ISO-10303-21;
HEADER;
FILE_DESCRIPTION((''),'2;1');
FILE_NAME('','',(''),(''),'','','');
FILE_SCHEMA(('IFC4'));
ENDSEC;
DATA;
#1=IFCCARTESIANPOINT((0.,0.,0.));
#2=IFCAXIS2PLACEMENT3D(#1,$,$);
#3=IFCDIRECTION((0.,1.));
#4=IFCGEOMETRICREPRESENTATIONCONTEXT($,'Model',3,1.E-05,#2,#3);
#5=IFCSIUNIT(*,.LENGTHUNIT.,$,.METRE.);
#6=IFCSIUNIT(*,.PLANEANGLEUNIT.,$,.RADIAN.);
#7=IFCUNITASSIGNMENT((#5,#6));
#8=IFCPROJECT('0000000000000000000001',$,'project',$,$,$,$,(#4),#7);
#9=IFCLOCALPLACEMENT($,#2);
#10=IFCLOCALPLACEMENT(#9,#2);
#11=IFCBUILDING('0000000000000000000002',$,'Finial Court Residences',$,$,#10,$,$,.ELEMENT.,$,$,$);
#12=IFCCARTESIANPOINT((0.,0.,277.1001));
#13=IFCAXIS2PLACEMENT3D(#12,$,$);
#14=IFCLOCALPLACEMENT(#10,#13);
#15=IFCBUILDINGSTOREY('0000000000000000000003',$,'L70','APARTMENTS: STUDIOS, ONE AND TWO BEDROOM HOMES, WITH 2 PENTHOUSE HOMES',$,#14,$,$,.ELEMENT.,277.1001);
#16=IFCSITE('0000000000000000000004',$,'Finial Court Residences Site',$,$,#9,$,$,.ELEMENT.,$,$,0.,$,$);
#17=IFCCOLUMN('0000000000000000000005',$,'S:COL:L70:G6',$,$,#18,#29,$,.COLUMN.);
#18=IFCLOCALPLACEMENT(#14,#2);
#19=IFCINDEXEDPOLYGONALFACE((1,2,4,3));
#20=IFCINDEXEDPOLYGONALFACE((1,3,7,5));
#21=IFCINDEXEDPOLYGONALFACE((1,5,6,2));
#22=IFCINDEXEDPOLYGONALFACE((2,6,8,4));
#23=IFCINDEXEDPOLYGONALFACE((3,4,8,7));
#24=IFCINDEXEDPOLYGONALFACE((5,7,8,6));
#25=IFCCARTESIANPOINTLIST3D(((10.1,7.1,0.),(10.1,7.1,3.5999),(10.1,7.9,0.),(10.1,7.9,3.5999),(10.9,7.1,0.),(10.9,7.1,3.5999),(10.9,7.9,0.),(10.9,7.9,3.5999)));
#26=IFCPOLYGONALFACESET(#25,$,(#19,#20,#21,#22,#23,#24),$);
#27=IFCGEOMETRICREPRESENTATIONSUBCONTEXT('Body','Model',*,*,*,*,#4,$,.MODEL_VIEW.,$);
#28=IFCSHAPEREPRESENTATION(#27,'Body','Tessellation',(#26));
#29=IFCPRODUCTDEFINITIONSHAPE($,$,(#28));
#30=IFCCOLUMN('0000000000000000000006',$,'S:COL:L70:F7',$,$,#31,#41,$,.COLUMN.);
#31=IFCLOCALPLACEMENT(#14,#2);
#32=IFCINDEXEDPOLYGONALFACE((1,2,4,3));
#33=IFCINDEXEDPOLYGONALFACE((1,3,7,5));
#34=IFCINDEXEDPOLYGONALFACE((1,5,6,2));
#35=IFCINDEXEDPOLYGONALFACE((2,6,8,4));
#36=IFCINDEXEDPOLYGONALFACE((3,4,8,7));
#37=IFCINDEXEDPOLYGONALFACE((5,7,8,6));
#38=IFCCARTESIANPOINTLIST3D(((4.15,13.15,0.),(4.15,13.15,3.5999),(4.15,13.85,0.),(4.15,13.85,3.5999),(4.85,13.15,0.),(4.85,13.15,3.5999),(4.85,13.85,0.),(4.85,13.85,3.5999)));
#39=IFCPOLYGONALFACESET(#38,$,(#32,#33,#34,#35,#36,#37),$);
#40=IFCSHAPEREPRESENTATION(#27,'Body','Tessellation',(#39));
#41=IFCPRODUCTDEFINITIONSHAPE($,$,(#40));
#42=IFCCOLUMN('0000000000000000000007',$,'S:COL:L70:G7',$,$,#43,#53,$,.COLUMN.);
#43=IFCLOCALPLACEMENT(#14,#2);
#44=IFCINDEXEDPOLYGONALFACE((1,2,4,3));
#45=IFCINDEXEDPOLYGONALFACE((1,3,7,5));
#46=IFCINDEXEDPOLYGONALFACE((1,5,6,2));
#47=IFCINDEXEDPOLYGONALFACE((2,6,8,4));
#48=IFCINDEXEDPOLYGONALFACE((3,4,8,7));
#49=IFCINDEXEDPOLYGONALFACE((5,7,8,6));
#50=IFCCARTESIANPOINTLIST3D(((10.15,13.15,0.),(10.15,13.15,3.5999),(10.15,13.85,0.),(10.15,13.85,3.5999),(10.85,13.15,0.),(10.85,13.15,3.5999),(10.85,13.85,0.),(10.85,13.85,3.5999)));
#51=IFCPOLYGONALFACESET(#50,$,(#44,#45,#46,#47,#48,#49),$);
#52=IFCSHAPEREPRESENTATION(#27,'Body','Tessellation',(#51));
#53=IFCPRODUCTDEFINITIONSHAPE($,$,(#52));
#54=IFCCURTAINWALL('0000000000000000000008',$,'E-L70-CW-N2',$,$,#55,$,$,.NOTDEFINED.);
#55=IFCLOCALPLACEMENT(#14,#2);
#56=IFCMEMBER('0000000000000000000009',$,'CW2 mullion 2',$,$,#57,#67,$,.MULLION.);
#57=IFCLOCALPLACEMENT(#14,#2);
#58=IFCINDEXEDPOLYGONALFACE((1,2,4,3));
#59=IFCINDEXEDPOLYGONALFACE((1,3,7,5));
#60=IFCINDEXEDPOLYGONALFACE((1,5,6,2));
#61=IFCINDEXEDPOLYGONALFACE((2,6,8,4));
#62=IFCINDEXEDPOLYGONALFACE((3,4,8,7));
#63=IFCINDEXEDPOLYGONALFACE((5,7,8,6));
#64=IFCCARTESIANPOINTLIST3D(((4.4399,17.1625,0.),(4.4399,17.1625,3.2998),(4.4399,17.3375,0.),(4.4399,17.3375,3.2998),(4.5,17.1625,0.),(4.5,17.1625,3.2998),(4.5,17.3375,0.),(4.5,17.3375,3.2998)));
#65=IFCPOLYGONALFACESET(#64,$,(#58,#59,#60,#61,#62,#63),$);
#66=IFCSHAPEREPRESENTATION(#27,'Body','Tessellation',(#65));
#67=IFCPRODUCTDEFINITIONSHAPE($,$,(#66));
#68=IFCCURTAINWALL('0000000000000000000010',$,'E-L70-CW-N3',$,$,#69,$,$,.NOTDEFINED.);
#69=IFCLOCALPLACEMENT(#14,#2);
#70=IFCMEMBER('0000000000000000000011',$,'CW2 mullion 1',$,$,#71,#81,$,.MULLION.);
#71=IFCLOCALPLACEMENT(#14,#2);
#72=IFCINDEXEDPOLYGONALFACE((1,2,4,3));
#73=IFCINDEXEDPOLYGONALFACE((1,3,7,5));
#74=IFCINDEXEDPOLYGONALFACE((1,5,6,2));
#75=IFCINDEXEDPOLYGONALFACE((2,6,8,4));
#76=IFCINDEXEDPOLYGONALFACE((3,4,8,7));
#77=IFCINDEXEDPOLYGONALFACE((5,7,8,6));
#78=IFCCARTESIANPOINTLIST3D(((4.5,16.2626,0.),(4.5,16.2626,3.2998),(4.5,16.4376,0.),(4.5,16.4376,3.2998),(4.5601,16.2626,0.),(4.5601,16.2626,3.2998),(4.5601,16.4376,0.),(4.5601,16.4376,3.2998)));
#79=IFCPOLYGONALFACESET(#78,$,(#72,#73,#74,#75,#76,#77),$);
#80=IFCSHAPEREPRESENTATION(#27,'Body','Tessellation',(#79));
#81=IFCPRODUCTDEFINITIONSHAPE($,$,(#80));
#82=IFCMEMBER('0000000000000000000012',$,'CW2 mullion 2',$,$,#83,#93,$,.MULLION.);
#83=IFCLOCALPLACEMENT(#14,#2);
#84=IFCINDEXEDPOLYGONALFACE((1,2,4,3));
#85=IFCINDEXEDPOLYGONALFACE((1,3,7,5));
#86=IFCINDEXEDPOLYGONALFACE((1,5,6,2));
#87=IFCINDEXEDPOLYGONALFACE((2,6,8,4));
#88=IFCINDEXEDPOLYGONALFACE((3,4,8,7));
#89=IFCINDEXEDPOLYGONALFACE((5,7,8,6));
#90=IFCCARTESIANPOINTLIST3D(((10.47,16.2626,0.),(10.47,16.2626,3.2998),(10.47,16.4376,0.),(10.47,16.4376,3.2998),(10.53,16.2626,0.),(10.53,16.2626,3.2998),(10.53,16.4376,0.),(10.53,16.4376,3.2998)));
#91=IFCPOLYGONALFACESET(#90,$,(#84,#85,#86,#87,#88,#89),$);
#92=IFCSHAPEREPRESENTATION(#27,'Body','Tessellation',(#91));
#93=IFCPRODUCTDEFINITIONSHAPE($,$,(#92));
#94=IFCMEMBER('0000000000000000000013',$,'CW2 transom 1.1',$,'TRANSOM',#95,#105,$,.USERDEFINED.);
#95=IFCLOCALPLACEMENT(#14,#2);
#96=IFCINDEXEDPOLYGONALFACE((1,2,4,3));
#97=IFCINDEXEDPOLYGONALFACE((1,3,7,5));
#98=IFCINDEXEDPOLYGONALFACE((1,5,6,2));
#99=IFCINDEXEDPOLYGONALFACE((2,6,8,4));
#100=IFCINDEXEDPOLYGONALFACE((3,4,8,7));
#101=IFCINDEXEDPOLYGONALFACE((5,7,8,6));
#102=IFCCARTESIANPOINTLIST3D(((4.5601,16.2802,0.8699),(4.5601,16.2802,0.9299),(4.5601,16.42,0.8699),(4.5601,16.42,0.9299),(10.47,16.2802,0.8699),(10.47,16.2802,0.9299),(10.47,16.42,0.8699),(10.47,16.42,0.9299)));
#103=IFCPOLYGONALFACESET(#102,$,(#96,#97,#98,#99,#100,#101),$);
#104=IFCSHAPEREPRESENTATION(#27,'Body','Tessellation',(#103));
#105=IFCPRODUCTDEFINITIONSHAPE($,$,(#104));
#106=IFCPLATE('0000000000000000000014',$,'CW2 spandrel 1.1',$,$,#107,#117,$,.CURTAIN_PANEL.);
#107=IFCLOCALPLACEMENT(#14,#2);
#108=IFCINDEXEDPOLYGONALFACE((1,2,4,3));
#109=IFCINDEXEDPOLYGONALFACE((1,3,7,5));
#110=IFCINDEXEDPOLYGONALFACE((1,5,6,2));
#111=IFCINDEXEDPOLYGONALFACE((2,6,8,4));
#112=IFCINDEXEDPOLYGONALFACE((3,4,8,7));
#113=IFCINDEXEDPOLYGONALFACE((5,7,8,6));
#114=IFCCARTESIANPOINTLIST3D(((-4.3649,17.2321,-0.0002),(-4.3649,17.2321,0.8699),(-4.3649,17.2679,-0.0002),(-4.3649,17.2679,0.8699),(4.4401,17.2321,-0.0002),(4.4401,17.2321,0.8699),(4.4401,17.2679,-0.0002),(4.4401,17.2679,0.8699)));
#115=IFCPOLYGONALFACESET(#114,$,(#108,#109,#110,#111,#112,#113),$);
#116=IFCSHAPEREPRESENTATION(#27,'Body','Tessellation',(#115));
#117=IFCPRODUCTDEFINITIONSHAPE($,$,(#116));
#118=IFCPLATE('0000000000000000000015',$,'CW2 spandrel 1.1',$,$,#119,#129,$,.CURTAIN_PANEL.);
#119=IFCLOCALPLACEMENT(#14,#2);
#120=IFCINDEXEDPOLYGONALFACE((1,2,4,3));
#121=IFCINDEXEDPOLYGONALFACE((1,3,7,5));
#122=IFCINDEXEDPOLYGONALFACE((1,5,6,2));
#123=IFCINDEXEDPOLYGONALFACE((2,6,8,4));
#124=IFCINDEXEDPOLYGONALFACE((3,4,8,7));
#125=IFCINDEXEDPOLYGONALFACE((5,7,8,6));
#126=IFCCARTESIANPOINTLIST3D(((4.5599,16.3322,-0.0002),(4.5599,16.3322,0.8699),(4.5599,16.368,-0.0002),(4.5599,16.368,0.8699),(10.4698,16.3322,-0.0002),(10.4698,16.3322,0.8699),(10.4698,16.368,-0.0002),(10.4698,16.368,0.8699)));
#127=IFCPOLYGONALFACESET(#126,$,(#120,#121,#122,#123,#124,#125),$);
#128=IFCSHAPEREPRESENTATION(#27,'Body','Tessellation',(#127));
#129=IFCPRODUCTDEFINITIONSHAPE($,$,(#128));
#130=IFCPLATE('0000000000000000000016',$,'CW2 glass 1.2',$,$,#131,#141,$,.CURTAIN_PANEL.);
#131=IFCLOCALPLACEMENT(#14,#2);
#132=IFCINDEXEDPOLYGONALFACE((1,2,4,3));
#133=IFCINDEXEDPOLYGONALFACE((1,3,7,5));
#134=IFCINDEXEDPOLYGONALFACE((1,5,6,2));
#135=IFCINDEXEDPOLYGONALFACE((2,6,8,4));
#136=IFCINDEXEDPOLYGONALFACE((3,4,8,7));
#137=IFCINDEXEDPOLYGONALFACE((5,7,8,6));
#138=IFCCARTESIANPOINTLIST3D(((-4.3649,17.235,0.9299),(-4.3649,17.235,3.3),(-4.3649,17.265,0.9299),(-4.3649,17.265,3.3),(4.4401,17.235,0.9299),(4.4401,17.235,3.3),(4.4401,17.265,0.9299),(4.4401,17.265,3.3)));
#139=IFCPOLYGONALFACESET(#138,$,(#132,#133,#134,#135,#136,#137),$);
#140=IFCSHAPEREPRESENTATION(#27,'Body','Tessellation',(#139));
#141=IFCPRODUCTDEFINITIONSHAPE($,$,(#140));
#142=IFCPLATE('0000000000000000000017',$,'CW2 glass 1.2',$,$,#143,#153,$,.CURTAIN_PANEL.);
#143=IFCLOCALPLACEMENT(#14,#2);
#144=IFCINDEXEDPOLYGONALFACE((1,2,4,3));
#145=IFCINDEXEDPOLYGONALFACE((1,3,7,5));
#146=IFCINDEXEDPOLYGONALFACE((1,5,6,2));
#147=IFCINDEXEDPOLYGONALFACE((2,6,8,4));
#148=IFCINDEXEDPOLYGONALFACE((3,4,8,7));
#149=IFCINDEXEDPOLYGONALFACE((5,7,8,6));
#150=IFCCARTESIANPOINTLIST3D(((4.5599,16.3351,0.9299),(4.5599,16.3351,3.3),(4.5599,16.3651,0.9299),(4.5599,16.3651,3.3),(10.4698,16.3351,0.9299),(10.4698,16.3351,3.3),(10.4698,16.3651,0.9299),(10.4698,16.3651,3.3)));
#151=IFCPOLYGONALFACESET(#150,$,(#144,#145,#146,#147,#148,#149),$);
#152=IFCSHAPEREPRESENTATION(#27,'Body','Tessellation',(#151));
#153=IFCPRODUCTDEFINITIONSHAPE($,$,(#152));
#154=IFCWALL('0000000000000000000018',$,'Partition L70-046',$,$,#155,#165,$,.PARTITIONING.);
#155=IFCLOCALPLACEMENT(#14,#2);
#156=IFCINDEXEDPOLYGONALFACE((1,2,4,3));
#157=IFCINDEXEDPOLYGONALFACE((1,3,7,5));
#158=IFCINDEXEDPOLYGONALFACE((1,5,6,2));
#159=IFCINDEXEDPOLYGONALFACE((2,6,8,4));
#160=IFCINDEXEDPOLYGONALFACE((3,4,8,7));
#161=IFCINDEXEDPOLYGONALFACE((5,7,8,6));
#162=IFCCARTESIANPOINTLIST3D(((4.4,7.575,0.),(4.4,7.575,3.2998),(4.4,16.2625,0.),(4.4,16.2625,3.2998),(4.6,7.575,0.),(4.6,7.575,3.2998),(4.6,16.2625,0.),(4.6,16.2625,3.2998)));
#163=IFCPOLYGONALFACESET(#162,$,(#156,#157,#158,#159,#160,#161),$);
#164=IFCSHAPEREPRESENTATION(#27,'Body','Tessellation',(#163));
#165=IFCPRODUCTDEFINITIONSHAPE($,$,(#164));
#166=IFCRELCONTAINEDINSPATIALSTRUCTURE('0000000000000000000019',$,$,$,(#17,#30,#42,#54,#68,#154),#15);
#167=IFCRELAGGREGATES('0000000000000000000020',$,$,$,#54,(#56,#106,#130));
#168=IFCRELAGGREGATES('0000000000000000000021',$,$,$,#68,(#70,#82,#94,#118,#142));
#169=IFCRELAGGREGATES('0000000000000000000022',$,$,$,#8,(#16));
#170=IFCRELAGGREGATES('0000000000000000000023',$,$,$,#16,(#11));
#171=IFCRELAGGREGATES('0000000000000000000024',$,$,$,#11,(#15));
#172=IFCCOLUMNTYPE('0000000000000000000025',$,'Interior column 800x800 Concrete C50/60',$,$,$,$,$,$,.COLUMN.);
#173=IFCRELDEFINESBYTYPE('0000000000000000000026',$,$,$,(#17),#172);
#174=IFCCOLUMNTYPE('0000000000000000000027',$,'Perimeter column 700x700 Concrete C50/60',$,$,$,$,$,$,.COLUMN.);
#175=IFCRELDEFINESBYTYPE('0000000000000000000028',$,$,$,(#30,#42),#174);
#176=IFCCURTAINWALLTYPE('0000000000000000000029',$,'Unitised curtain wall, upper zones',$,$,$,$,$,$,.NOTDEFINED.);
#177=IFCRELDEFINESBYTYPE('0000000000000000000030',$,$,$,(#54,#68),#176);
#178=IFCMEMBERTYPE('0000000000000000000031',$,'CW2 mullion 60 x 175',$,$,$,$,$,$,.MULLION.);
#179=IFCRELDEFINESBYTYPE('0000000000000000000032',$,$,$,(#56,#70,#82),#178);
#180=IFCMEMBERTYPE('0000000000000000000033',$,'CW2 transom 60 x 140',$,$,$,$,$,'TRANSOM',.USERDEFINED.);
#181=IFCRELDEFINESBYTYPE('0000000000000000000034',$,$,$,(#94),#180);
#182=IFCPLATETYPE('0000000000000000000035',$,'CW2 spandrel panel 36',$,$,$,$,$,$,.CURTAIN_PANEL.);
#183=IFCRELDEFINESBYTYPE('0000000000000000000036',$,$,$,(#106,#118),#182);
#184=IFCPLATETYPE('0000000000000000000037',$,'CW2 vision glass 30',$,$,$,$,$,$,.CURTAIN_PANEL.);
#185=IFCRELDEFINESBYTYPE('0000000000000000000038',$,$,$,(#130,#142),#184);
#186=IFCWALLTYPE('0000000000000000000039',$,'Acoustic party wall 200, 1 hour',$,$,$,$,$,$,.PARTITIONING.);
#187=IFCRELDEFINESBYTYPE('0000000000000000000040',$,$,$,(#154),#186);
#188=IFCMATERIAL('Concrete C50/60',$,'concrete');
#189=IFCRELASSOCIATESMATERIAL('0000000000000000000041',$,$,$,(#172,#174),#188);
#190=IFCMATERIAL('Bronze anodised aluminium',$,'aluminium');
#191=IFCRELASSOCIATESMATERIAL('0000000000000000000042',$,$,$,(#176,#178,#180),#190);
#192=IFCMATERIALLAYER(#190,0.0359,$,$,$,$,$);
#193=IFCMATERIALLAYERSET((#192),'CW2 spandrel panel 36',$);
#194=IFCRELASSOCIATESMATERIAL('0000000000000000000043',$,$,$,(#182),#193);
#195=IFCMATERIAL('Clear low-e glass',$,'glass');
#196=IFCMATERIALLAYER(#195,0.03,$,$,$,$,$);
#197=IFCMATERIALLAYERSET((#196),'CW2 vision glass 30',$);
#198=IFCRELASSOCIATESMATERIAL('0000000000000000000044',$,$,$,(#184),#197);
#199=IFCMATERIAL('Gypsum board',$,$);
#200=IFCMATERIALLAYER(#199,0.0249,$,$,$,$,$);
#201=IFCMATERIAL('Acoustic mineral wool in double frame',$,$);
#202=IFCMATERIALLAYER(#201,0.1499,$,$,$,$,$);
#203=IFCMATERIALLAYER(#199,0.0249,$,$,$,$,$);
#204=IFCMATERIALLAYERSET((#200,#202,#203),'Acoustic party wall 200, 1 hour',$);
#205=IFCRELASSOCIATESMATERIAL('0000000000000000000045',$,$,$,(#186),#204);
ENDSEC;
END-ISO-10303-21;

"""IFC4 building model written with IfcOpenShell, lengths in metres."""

from ifc_helpers import new_model, si_unit, direction, frame, frame_2d, origin, origin_2d, place, context, subcontext, project, spatial, rectangle, extrude, material, layer, layer_set, material_profile, profile_set, type_object, element, aggregate, save


model = new_model("IFC4")

# Units and contexts
model_context = context("Model", 3, precision=1e-05, world=origin(), true_north=direction((0.0, 1.0)))
body_context = subcontext(model_context, "Body", "Model", "MODEL_VIEW")
ifc_project = project(units=[si_unit("LENGTHUNIT", "METRE"), si_unit("PLANEANGLEUNIT", "RADIAN")], contexts=[model_context])

# Site, building, storey
site_placement = place(None, origin())
site = spatial("IfcSite", under=ifc_project, at=site_placement, Name="Finial Court Residences Site", CompositionType="ELEMENT", RefElevation=0.0)
building_placement = place(site_placement, origin())
building = spatial("IfcBuilding", under=site, at=building_placement, Name="Finial Court Residences", CompositionType="ELEMENT")
storey_placement = place(building_placement, frame((0.0, 0.0, 277.1001)))
storey = spatial("IfcBuildingStorey", under=building, at=storey_placement, Name="L70", Description="APARTMENTS: STUDIOS, ONE AND TWO BEDROOM HOMES, WITH 2 PENTHOUSE HOMES", CompositionType="ELEMENT", Elevation=277.1001)

# Columns
ifc_material_1 = material(Name="Concrete C50/60", Category="concrete")
ifc_material_profile_1 = material_profile(ifc_material_1, rectangle(XDim=0.8, YDim=0.8, at=origin_2d()), Name="800x800")
ifc_profile_set_1 = profile_set([ifc_material_profile_1], Name="Concrete C50/60")
column_type_1 = type_object("IfcColumnType", Name="Interior column 800x800 Concrete C50/60", PredefinedType="COLUMN", material=ifc_profile_set_1)
column_placement = place(storey_placement, frame((10.5, 7.5, 0.0), z_axis=(0.0, 0.0, 1.0), x_axis=(1.0, 0.0, 0.0)))
element("IfcColumn", 1, at=column_placement, inside=storey, type_object=column_type_1, Name="S:COL:L70:G6", PredefinedType="COLUMN", context=body_context, shape_type="SweptSolid", body=[
    extrude(rectangle(XDim=0.8, YDim=0.8, at=origin_2d()), origin(), (0.0, 0.0, 1.0), 3.5999),
])
ifc_material_profile_2 = material_profile(ifc_material_1, rectangle(XDim=0.7, YDim=0.7, at=origin_2d()), Name="700x700")
ifc_profile_set_2 = profile_set([ifc_material_profile_2], Name="Concrete C50/60")
column_type_2 = type_object("IfcColumnType", Name="Perimeter column 700x700 Concrete C50/60", PredefinedType="COLUMN", material=ifc_profile_set_2)
for number, where, z_axis, x_axis, name in (
    (2, (4.5, 13.5, 0.0), (0.0, 0.0, 1.0), (1.0, 0.0, 0.0), "S:COL:L70:F7"),
    (3, (10.5, 13.5, 0.0), (0.0, 0.0, 1.0), (1.0, 0.0, 0.0), "S:COL:L70:G7"),
):
    element("IfcColumn", number, at=place(storey_placement, frame(where, z_axis=z_axis, x_axis=x_axis)), inside=storey, type_object=column_type_2, Name=name, PredefinedType="COLUMN", context=body_context, shape_type="SweptSolid", body=[
        extrude(rectangle(XDim=0.7, YDim=0.7, at=origin_2d()), origin(), (0.0, 0.0, 1.0), 3.5999),
    ])

# Curtain wall, member
ifc_material_2 = material(Name="Bronze anodised aluminium", Category="aluminium")
curtain_wall_type = type_object("IfcCurtainWallType", Name="Unitised curtain wall, upper zones", PredefinedType="NOTDEFINED", material=ifc_material_2)
curtain_wall_1_placement = place(storey_placement, origin())
curtain_wall_1 = element("IfcCurtainWall", 4, at=curtain_wall_1_placement, inside=storey, type_object=curtain_wall_type, Name="E-L70-CW-N2", PredefinedType="NOTDEFINED")
ifc_material_profile_3 = material_profile(ifc_material_2, rectangle(XDim=0.175, YDim=0.0601, at=origin_2d()), Name="CW2 mullion 60 x 175")
ifc_profile_set_3 = profile_set([ifc_material_profile_3], Name="Bronze anodised aluminium")
member_type_1 = type_object("IfcMemberType", Name="CW2 mullion 60 x 175", PredefinedType="MULLION", material=ifc_profile_set_3)
member_1_placement = place(storey_placement, frame((4.47, 17.25, 0.0), z_axis=(0.0, 0.0, 1.0), x_axis=(0.0, 1.0, 0.0)))
member_1 = element("IfcMember", 5, at=member_1_placement, type_object=member_type_1, Name="CW2 mullion 2", PredefinedType="MULLION", context=body_context, shape_type="SweptSolid", body=[
    extrude(rectangle(XDim=0.175, YDim=0.0601, at=origin_2d()), origin(), (0.0, 0.0, 1.0), 3.2998),
])

# Curtain wall, members
curtain_wall_2_placement = place(storey_placement, origin())
curtain_wall_2 = element("IfcCurtainWall", 6, at=curtain_wall_2_placement, inside=storey, type_object=curtain_wall_type, Name="E-L70-CW-N3", PredefinedType="NOTDEFINED")
member_2_placement = place(storey_placement, frame((4.53, 16.3501, 0.0), z_axis=(0.0, 0.0, 1.0), x_axis=(0.0, 1.0, 0.0)))
member_2 = element("IfcMember", 7, at=member_2_placement, type_object=member_type_1, Name="CW2 mullion 1", PredefinedType="MULLION", context=body_context, shape_type="SweptSolid", body=[
    extrude(rectangle(XDim=0.175, YDim=0.0601, at=origin_2d()), origin(), (0.0, 0.0, 1.0), 3.2998),
])
member_3_placement = place(storey_placement, frame((10.5, 16.3501, 0.0), z_axis=(0.0, 0.0, 1.0), x_axis=(0.0, 1.0, 0.0)))
member_3 = element("IfcMember", 8, at=member_3_placement, type_object=member_type_1, Name="CW2 mullion 2", PredefinedType="MULLION", context=body_context, shape_type="SweptSolid", body=[
    extrude(rectangle(XDim=0.175, YDim=0.0601, at=origin_2d()), origin(), (0.0, 0.0, 1.0), 3.2998),
])
ifc_material_profile_4 = material_profile(ifc_material_2, rectangle(XDim=0.1399, YDim=0.0601, at=origin_2d()), Name="CW2 transom 60 x 140")
ifc_profile_set_4 = profile_set([ifc_material_profile_4], Name="Bronze anodised aluminium")
member_type_2 = type_object("IfcMemberType", Name="CW2 transom 60 x 140", ElementType="TRANSOM", PredefinedType="USERDEFINED", material=ifc_profile_set_4)
member_4_placement = place(storey_placement, frame((4.5601, 16.3501, 0.8999), z_axis=(1.0, 0.0, 0.0), x_axis=(0.0, 1.0, 0.0)))
member_4 = element("IfcMember", 9, at=member_4_placement, type_object=member_type_2, Name="CW2 transom 1.1", ObjectType="TRANSOM", PredefinedType="USERDEFINED", context=body_context, shape_type="SweptSolid", body=[
    extrude(rectangle(XDim=0.1399, YDim=0.0601, at=origin_2d()), origin(), (0.0, 0.0, 1.0), 5.9099),
])

# Plates
ifc_layer_1 = layer(ifc_material_2, 0.0359)
ifc_layer_set_1 = layer_set([ifc_layer_1], Name="CW2 spandrel panel 36")
plate_type_1 = type_object("IfcPlateType", Name="CW2 spandrel panel 36", PredefinedType="CURTAIN_PANEL", material=ifc_layer_set_1)
plate_1_placement = place(storey_placement, frame((0.0376, 17.25, -0.0002), z_axis=(0.0, 0.0, 1.0), x_axis=(1.0, 0.0, 0.0)))
plate_1 = element("IfcPlate", 10, at=plate_1_placement, type_object=plate_type_1, Name="CW2 spandrel 1.1", PredefinedType="CURTAIN_PANEL", context=body_context, shape_type="SweptSolid", body=[
    extrude(rectangle(XDim=8.8049, YDim=0.0359, at=origin_2d()), origin(), (0.0, 0.0, 1.0), 0.8701),
])
plate_2_placement = place(storey_placement, frame((7.5149, 16.3501, -0.0002), z_axis=(0.0, 0.0, 1.0), x_axis=(1.0, 0.0, 0.0)))
plate_2 = element("IfcPlate", 11, at=plate_2_placement, type_object=plate_type_1, Name="CW2 spandrel 1.1", PredefinedType="CURTAIN_PANEL", context=body_context, shape_type="SweptSolid", body=[
    extrude(rectangle(XDim=5.9099, YDim=0.0359, at=origin_2d()), origin(), (0.0, 0.0, 1.0), 0.8701),
])
ifc_material_3 = material(Name="Clear low-e glass", Category="glass")
ifc_layer_2 = layer(ifc_material_3, 0.03)
ifc_layer_set_2 = layer_set([ifc_layer_2], Name="CW2 vision glass 30")
plate_type_2 = type_object("IfcPlateType", Name="CW2 vision glass 30", PredefinedType="CURTAIN_PANEL", material=ifc_layer_set_2)
plate_3_placement = place(storey_placement, frame((0.0376, 17.25, 0.9299), z_axis=(0.0, 0.0, 1.0), x_axis=(1.0, 0.0, 0.0)))
plate_3 = element("IfcPlate", 12, at=plate_3_placement, type_object=plate_type_2, Name="CW2 glass 1.2", PredefinedType="CURTAIN_PANEL", context=body_context, shape_type="SweptSolid", body=[
    extrude(rectangle(XDim=8.8049, YDim=0.03, at=origin_2d()), origin(), (0.0, 0.0, 1.0), 2.3701),
])
aggregate(curtain_wall_1, [member_1, plate_1, plate_3])
plate_4_placement = place(storey_placement, frame((7.5149, 16.3501, 0.9299), z_axis=(0.0, 0.0, 1.0), x_axis=(1.0, 0.0, 0.0)))
plate_4 = element("IfcPlate", 13, at=plate_4_placement, type_object=plate_type_2, Name="CW2 glass 1.2", PredefinedType="CURTAIN_PANEL", context=body_context, shape_type="SweptSolid", body=[
    extrude(rectangle(XDim=5.9099, YDim=0.03, at=origin_2d()), origin(), (0.0, 0.0, 1.0), 2.3701),
])
aggregate(curtain_wall_2, [member_2, member_3, member_4, plate_2, plate_4])

# Wall
ifc_material_4 = material(Name="Gypsum board")
ifc_layer_3 = layer(ifc_material_4, 0.0249)
ifc_material_5 = material(Name="Acoustic mineral wool in double frame")
ifc_layer_4 = layer(ifc_material_5, 0.1499)
ifc_layer_5 = layer(ifc_material_4, 0.0249)
ifc_layer_set_3 = layer_set([ifc_layer_3, ifc_layer_4, ifc_layer_5], Name="Acoustic party wall 200, 1 hour")
wall_type_1 = type_object("IfcWallType", Name="Acoustic party wall 200, 1 hour", PredefinedType="PARTITIONING", material=ifc_layer_set_3)
wall_1_placement = place(storey_placement, frame((4.5, 7.575, 0.0), z_axis=(0.0, 0.0, 1.0), x_axis=(0.0, 1.0, 0.0)))
element("IfcWall", 14, at=wall_1_placement, inside=storey, type_object=wall_type_1, Name="Partition L70-046", PredefinedType="PARTITIONING", context=body_context, shape_type="SweptSolid", body=[
    extrude(rectangle(XDim=8.6875, YDim=0.2, at=frame_2d((4.3438, 0.0))), origin(), (0.0, 0.0, 1.0), 3.2998),
])

save(model, "model.ifc")
